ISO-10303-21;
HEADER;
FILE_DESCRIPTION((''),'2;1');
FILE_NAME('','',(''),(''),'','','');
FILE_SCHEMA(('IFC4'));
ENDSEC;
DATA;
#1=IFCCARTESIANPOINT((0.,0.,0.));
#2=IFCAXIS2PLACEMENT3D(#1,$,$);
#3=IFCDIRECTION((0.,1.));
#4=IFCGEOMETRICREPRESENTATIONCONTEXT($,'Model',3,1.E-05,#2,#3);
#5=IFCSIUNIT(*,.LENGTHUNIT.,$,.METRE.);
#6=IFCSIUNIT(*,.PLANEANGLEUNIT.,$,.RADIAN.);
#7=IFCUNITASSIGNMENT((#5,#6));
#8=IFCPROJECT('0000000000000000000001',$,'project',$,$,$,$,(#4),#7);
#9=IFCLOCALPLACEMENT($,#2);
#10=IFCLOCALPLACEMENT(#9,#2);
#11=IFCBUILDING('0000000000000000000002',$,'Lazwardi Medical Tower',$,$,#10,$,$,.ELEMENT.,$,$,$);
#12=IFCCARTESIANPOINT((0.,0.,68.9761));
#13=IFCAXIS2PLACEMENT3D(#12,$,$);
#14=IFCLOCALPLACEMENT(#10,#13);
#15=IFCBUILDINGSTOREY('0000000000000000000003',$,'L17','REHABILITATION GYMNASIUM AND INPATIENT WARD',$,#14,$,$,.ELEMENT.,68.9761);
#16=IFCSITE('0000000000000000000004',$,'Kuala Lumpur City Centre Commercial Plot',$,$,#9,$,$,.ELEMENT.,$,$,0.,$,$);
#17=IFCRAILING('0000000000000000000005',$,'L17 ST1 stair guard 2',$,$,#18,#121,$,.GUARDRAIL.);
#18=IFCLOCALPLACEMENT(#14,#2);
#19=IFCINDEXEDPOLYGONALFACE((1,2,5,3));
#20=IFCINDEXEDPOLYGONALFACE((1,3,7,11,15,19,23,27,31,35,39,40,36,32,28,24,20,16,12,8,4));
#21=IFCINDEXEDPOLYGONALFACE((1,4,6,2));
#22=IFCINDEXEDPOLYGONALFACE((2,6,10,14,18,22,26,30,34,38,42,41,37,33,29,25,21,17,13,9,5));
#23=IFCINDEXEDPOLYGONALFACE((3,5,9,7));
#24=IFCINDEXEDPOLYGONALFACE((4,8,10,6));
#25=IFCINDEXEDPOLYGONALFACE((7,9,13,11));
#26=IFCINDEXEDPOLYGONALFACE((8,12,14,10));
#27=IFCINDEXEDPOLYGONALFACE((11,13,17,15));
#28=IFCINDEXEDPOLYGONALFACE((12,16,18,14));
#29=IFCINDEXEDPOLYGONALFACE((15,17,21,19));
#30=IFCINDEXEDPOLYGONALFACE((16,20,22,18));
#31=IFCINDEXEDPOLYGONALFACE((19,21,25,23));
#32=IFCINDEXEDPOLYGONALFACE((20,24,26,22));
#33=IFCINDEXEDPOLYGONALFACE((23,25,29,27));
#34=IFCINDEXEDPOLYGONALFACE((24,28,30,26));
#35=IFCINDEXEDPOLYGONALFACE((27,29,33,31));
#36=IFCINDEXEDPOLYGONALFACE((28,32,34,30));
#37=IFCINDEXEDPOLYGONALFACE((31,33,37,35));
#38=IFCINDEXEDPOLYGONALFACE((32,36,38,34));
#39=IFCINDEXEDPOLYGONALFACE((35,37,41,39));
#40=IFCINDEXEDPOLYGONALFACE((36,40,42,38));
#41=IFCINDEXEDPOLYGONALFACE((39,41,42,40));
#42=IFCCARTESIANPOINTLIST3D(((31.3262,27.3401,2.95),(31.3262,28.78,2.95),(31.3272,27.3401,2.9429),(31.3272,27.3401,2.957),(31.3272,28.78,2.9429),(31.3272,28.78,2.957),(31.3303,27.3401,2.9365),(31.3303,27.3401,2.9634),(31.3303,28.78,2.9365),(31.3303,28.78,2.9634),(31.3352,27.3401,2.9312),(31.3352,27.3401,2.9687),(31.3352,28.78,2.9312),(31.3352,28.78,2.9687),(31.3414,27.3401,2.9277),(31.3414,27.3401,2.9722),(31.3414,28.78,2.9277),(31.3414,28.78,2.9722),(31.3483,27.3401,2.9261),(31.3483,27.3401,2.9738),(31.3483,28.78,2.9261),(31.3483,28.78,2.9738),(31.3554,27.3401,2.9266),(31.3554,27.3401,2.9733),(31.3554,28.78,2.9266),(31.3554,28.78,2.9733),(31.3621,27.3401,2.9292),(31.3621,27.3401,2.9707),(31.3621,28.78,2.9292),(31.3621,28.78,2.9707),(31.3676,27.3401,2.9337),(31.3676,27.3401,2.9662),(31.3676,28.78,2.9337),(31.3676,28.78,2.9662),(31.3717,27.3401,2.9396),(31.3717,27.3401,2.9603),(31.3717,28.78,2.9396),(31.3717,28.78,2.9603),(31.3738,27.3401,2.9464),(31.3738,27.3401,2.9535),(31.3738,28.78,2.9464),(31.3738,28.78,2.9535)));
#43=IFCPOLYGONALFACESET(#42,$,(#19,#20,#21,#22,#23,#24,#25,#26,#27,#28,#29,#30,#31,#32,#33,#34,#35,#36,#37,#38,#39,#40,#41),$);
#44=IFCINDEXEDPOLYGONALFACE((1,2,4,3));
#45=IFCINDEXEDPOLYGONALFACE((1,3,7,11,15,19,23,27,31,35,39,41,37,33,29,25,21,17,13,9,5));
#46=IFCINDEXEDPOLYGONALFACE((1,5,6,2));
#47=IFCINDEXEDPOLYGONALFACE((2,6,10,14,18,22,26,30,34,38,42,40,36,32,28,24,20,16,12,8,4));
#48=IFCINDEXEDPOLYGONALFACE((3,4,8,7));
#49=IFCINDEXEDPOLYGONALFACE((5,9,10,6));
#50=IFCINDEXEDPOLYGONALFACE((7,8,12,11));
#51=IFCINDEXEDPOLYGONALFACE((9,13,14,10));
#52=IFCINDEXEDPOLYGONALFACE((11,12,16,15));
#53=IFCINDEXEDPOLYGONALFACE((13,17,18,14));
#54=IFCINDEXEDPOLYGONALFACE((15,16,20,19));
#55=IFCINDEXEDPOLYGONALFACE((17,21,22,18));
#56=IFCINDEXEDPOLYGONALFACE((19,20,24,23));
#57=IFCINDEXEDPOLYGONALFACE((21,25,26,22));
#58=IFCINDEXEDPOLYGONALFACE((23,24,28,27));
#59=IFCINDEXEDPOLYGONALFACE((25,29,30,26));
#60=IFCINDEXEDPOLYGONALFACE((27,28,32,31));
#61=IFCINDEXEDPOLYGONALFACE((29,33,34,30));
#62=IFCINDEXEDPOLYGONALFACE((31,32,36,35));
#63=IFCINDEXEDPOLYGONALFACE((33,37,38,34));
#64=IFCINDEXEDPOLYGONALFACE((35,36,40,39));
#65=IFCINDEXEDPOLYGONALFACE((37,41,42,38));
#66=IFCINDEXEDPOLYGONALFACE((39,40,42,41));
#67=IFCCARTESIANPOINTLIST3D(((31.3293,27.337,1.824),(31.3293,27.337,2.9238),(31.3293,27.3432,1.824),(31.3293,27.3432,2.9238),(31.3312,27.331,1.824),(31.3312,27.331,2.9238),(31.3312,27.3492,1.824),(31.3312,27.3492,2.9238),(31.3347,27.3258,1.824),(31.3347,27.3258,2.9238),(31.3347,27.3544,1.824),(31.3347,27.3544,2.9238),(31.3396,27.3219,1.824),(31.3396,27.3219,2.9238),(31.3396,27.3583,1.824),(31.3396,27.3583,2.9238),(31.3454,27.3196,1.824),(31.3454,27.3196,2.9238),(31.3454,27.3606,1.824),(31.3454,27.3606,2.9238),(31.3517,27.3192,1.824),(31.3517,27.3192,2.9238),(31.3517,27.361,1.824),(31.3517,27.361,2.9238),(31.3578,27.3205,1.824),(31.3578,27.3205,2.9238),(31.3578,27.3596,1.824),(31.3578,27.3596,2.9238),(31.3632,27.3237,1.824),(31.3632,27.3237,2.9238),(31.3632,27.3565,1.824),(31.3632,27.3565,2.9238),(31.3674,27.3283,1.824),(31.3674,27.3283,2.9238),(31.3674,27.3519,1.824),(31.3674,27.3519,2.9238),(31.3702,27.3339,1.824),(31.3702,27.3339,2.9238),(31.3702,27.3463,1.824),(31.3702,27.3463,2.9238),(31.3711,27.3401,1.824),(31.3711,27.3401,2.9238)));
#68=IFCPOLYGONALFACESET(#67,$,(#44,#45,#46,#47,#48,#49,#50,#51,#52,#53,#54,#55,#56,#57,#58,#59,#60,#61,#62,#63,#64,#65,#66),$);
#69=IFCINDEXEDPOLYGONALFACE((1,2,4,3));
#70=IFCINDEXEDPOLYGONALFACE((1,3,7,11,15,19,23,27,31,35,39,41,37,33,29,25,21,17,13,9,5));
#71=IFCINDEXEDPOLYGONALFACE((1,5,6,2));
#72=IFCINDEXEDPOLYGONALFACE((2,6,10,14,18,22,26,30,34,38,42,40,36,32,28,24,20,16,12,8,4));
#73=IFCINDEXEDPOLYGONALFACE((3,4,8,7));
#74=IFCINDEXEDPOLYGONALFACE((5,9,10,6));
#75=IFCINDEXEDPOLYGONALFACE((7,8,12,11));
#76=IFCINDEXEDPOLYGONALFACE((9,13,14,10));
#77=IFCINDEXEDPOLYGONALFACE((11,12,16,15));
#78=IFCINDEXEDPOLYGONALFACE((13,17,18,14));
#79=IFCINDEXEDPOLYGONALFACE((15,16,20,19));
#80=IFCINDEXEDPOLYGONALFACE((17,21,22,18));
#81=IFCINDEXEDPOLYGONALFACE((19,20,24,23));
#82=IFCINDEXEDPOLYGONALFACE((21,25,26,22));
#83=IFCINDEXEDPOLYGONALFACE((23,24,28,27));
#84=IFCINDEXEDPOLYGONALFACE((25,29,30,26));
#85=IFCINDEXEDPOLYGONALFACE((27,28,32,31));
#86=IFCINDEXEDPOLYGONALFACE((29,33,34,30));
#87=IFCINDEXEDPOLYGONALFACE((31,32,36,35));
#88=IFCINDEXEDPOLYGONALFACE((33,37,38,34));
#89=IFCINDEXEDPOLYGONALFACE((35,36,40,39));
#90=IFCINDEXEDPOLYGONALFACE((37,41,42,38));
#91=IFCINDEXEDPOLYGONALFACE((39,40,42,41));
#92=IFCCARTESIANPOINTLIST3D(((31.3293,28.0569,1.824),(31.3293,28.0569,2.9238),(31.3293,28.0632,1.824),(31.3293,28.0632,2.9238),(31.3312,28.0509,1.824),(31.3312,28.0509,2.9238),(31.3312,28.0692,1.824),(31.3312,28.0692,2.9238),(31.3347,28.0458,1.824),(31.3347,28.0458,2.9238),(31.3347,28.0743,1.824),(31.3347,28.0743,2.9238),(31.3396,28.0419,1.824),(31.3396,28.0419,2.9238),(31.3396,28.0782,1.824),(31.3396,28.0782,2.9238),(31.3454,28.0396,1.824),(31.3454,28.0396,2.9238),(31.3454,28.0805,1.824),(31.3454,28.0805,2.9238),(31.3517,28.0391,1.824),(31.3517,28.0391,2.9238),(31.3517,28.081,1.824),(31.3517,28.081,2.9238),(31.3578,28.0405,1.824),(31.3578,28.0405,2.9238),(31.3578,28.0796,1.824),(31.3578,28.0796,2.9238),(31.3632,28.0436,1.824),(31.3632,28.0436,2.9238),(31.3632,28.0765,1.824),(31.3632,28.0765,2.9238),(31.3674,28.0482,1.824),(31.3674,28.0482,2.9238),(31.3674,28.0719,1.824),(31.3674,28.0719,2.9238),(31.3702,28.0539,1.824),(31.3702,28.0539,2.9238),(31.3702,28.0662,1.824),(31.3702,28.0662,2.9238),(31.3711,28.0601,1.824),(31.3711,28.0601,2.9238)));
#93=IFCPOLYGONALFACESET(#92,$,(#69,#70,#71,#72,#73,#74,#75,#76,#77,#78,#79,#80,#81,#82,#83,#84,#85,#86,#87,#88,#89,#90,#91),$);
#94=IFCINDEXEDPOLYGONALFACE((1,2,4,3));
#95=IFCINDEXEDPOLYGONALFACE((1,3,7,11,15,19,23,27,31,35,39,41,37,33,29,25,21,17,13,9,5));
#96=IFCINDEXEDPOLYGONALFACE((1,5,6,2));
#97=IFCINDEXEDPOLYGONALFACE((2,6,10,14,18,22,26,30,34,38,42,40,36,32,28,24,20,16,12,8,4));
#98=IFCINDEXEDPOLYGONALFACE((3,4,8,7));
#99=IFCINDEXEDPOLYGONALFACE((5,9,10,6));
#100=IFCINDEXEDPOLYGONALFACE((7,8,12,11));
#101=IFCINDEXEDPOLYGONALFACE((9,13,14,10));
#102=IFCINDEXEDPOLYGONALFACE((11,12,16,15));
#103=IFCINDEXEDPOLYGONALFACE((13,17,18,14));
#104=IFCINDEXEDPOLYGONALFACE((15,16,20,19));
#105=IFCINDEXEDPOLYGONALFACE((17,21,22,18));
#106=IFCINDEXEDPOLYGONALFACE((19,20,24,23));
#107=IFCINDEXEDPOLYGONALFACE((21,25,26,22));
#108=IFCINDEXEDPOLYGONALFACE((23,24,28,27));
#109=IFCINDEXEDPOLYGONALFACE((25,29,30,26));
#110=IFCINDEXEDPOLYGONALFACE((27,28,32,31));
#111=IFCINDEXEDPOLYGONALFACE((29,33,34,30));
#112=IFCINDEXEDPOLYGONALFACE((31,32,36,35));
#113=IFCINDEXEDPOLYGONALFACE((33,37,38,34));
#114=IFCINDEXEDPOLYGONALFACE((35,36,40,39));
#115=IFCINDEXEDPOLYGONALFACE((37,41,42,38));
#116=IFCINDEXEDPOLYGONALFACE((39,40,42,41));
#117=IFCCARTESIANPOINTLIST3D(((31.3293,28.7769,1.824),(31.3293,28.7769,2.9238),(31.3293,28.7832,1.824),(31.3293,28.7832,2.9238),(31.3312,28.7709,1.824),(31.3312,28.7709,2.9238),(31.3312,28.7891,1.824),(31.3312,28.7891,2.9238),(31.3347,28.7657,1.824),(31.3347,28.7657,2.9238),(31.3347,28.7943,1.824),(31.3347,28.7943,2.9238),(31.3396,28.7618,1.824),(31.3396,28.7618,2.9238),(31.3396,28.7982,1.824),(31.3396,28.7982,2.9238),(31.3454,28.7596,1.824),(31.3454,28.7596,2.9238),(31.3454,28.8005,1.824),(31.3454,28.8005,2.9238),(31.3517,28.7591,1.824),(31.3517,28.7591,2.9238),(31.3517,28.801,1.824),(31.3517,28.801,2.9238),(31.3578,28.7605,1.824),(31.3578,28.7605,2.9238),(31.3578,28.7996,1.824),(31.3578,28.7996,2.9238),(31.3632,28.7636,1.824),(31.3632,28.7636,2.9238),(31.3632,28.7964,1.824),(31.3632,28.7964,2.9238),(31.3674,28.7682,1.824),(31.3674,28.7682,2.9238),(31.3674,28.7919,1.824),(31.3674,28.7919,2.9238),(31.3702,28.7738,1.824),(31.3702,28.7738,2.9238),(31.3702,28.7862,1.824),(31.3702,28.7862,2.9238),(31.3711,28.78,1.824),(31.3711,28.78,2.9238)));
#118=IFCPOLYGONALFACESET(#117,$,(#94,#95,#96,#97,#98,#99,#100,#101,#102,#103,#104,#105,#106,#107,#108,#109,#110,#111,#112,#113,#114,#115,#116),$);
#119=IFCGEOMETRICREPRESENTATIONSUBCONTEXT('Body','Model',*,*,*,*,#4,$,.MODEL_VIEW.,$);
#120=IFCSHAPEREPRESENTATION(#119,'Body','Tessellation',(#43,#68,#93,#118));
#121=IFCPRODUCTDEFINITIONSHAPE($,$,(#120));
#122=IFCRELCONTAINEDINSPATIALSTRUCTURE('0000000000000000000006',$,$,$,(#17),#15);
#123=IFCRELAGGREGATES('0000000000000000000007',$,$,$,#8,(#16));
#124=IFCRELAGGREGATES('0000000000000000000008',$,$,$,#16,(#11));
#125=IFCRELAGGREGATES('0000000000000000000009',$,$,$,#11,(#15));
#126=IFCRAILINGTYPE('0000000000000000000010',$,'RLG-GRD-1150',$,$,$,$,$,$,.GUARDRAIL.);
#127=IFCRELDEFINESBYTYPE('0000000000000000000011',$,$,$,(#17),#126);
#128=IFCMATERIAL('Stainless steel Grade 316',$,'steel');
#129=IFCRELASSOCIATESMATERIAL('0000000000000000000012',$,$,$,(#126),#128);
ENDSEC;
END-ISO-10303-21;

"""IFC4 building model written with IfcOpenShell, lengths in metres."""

from ifc_helpers import new_model, si_unit, direction, frame, origin, origin_2d, place, context, subcontext, project, spatial, circle, extrude, material, type_object, element, save


model = new_model("IFC4")

# Units and contexts
model_context = context("Model", 3, precision=1e-05, world=origin(), true_north=direction((0.0, 1.0)))
body_context = subcontext(model_context, "Body", "Model", "MODEL_VIEW")
ifc_project = project(units=[si_unit("LENGTHUNIT", "METRE"), si_unit("PLANEANGLEUNIT", "RADIAN")], contexts=[model_context])

# Site, building, storey
site_placement = place(None, origin())
site = spatial("IfcSite", under=ifc_project, at=site_placement, Name="Kuala Lumpur City Centre Commercial Plot", CompositionType="ELEMENT", RefElevation=0.0)
building_placement = place(site_placement, origin())
building = spatial("IfcBuilding", under=site, at=building_placement, Name="Lazwardi Medical Tower", CompositionType="ELEMENT")
storey_placement = place(building_placement, frame((0.0, 0.0, 68.9761)))
storey = spatial("IfcBuildingStorey", under=building, at=storey_placement, Name="L17", Description="REHABILITATION GYMNASIUM AND INPATIENT WARD", CompositionType="ELEMENT", Elevation=68.9761)

# Railing
ifc_material_1 = material(Name="Stainless steel Grade 316", Category="steel")
railing_type_1 = type_object("IfcRailingType", Name="RLG-GRD-1150", PredefinedType="GUARDRAIL", material=ifc_material_1)
railing_1_placement = place(storey_placement, frame((31.3501, 27.3401, 1.824)))
element("IfcRailing", 1, at=railing_1_placement, inside=storey, type_object=railing_type_1, Name="L17 ST1 stair guard 2", PredefinedType="GUARDRAIL", context=body_context, shape_type="SweptSolid", body=[
    extrude(circle(Radius=0.0239, at=origin_2d()), frame((0.0, 0.0, 1.126), z_axis=(0.0, 1.0, 0.0), x_axis=(-1.0, 0.0, 0.0)), (0.0, 0.0, 1.0), 1.4399),
    extrude(circle(Radius=0.021, at=origin_2d()), origin(), (0.0, 0.0, 1.0), 1.0999),
    extrude(circle(Radius=0.021, at=origin_2d()), frame((0.0, 0.72, 0.0)), (0.0, 0.0, 1.0), 1.0999),
    extrude(circle(Radius=0.021, at=origin_2d()), frame((0.0, 1.4399, 0.0)), (0.0, 0.0, 1.0), 1.0999),
])

save(model, "model.ifc")
